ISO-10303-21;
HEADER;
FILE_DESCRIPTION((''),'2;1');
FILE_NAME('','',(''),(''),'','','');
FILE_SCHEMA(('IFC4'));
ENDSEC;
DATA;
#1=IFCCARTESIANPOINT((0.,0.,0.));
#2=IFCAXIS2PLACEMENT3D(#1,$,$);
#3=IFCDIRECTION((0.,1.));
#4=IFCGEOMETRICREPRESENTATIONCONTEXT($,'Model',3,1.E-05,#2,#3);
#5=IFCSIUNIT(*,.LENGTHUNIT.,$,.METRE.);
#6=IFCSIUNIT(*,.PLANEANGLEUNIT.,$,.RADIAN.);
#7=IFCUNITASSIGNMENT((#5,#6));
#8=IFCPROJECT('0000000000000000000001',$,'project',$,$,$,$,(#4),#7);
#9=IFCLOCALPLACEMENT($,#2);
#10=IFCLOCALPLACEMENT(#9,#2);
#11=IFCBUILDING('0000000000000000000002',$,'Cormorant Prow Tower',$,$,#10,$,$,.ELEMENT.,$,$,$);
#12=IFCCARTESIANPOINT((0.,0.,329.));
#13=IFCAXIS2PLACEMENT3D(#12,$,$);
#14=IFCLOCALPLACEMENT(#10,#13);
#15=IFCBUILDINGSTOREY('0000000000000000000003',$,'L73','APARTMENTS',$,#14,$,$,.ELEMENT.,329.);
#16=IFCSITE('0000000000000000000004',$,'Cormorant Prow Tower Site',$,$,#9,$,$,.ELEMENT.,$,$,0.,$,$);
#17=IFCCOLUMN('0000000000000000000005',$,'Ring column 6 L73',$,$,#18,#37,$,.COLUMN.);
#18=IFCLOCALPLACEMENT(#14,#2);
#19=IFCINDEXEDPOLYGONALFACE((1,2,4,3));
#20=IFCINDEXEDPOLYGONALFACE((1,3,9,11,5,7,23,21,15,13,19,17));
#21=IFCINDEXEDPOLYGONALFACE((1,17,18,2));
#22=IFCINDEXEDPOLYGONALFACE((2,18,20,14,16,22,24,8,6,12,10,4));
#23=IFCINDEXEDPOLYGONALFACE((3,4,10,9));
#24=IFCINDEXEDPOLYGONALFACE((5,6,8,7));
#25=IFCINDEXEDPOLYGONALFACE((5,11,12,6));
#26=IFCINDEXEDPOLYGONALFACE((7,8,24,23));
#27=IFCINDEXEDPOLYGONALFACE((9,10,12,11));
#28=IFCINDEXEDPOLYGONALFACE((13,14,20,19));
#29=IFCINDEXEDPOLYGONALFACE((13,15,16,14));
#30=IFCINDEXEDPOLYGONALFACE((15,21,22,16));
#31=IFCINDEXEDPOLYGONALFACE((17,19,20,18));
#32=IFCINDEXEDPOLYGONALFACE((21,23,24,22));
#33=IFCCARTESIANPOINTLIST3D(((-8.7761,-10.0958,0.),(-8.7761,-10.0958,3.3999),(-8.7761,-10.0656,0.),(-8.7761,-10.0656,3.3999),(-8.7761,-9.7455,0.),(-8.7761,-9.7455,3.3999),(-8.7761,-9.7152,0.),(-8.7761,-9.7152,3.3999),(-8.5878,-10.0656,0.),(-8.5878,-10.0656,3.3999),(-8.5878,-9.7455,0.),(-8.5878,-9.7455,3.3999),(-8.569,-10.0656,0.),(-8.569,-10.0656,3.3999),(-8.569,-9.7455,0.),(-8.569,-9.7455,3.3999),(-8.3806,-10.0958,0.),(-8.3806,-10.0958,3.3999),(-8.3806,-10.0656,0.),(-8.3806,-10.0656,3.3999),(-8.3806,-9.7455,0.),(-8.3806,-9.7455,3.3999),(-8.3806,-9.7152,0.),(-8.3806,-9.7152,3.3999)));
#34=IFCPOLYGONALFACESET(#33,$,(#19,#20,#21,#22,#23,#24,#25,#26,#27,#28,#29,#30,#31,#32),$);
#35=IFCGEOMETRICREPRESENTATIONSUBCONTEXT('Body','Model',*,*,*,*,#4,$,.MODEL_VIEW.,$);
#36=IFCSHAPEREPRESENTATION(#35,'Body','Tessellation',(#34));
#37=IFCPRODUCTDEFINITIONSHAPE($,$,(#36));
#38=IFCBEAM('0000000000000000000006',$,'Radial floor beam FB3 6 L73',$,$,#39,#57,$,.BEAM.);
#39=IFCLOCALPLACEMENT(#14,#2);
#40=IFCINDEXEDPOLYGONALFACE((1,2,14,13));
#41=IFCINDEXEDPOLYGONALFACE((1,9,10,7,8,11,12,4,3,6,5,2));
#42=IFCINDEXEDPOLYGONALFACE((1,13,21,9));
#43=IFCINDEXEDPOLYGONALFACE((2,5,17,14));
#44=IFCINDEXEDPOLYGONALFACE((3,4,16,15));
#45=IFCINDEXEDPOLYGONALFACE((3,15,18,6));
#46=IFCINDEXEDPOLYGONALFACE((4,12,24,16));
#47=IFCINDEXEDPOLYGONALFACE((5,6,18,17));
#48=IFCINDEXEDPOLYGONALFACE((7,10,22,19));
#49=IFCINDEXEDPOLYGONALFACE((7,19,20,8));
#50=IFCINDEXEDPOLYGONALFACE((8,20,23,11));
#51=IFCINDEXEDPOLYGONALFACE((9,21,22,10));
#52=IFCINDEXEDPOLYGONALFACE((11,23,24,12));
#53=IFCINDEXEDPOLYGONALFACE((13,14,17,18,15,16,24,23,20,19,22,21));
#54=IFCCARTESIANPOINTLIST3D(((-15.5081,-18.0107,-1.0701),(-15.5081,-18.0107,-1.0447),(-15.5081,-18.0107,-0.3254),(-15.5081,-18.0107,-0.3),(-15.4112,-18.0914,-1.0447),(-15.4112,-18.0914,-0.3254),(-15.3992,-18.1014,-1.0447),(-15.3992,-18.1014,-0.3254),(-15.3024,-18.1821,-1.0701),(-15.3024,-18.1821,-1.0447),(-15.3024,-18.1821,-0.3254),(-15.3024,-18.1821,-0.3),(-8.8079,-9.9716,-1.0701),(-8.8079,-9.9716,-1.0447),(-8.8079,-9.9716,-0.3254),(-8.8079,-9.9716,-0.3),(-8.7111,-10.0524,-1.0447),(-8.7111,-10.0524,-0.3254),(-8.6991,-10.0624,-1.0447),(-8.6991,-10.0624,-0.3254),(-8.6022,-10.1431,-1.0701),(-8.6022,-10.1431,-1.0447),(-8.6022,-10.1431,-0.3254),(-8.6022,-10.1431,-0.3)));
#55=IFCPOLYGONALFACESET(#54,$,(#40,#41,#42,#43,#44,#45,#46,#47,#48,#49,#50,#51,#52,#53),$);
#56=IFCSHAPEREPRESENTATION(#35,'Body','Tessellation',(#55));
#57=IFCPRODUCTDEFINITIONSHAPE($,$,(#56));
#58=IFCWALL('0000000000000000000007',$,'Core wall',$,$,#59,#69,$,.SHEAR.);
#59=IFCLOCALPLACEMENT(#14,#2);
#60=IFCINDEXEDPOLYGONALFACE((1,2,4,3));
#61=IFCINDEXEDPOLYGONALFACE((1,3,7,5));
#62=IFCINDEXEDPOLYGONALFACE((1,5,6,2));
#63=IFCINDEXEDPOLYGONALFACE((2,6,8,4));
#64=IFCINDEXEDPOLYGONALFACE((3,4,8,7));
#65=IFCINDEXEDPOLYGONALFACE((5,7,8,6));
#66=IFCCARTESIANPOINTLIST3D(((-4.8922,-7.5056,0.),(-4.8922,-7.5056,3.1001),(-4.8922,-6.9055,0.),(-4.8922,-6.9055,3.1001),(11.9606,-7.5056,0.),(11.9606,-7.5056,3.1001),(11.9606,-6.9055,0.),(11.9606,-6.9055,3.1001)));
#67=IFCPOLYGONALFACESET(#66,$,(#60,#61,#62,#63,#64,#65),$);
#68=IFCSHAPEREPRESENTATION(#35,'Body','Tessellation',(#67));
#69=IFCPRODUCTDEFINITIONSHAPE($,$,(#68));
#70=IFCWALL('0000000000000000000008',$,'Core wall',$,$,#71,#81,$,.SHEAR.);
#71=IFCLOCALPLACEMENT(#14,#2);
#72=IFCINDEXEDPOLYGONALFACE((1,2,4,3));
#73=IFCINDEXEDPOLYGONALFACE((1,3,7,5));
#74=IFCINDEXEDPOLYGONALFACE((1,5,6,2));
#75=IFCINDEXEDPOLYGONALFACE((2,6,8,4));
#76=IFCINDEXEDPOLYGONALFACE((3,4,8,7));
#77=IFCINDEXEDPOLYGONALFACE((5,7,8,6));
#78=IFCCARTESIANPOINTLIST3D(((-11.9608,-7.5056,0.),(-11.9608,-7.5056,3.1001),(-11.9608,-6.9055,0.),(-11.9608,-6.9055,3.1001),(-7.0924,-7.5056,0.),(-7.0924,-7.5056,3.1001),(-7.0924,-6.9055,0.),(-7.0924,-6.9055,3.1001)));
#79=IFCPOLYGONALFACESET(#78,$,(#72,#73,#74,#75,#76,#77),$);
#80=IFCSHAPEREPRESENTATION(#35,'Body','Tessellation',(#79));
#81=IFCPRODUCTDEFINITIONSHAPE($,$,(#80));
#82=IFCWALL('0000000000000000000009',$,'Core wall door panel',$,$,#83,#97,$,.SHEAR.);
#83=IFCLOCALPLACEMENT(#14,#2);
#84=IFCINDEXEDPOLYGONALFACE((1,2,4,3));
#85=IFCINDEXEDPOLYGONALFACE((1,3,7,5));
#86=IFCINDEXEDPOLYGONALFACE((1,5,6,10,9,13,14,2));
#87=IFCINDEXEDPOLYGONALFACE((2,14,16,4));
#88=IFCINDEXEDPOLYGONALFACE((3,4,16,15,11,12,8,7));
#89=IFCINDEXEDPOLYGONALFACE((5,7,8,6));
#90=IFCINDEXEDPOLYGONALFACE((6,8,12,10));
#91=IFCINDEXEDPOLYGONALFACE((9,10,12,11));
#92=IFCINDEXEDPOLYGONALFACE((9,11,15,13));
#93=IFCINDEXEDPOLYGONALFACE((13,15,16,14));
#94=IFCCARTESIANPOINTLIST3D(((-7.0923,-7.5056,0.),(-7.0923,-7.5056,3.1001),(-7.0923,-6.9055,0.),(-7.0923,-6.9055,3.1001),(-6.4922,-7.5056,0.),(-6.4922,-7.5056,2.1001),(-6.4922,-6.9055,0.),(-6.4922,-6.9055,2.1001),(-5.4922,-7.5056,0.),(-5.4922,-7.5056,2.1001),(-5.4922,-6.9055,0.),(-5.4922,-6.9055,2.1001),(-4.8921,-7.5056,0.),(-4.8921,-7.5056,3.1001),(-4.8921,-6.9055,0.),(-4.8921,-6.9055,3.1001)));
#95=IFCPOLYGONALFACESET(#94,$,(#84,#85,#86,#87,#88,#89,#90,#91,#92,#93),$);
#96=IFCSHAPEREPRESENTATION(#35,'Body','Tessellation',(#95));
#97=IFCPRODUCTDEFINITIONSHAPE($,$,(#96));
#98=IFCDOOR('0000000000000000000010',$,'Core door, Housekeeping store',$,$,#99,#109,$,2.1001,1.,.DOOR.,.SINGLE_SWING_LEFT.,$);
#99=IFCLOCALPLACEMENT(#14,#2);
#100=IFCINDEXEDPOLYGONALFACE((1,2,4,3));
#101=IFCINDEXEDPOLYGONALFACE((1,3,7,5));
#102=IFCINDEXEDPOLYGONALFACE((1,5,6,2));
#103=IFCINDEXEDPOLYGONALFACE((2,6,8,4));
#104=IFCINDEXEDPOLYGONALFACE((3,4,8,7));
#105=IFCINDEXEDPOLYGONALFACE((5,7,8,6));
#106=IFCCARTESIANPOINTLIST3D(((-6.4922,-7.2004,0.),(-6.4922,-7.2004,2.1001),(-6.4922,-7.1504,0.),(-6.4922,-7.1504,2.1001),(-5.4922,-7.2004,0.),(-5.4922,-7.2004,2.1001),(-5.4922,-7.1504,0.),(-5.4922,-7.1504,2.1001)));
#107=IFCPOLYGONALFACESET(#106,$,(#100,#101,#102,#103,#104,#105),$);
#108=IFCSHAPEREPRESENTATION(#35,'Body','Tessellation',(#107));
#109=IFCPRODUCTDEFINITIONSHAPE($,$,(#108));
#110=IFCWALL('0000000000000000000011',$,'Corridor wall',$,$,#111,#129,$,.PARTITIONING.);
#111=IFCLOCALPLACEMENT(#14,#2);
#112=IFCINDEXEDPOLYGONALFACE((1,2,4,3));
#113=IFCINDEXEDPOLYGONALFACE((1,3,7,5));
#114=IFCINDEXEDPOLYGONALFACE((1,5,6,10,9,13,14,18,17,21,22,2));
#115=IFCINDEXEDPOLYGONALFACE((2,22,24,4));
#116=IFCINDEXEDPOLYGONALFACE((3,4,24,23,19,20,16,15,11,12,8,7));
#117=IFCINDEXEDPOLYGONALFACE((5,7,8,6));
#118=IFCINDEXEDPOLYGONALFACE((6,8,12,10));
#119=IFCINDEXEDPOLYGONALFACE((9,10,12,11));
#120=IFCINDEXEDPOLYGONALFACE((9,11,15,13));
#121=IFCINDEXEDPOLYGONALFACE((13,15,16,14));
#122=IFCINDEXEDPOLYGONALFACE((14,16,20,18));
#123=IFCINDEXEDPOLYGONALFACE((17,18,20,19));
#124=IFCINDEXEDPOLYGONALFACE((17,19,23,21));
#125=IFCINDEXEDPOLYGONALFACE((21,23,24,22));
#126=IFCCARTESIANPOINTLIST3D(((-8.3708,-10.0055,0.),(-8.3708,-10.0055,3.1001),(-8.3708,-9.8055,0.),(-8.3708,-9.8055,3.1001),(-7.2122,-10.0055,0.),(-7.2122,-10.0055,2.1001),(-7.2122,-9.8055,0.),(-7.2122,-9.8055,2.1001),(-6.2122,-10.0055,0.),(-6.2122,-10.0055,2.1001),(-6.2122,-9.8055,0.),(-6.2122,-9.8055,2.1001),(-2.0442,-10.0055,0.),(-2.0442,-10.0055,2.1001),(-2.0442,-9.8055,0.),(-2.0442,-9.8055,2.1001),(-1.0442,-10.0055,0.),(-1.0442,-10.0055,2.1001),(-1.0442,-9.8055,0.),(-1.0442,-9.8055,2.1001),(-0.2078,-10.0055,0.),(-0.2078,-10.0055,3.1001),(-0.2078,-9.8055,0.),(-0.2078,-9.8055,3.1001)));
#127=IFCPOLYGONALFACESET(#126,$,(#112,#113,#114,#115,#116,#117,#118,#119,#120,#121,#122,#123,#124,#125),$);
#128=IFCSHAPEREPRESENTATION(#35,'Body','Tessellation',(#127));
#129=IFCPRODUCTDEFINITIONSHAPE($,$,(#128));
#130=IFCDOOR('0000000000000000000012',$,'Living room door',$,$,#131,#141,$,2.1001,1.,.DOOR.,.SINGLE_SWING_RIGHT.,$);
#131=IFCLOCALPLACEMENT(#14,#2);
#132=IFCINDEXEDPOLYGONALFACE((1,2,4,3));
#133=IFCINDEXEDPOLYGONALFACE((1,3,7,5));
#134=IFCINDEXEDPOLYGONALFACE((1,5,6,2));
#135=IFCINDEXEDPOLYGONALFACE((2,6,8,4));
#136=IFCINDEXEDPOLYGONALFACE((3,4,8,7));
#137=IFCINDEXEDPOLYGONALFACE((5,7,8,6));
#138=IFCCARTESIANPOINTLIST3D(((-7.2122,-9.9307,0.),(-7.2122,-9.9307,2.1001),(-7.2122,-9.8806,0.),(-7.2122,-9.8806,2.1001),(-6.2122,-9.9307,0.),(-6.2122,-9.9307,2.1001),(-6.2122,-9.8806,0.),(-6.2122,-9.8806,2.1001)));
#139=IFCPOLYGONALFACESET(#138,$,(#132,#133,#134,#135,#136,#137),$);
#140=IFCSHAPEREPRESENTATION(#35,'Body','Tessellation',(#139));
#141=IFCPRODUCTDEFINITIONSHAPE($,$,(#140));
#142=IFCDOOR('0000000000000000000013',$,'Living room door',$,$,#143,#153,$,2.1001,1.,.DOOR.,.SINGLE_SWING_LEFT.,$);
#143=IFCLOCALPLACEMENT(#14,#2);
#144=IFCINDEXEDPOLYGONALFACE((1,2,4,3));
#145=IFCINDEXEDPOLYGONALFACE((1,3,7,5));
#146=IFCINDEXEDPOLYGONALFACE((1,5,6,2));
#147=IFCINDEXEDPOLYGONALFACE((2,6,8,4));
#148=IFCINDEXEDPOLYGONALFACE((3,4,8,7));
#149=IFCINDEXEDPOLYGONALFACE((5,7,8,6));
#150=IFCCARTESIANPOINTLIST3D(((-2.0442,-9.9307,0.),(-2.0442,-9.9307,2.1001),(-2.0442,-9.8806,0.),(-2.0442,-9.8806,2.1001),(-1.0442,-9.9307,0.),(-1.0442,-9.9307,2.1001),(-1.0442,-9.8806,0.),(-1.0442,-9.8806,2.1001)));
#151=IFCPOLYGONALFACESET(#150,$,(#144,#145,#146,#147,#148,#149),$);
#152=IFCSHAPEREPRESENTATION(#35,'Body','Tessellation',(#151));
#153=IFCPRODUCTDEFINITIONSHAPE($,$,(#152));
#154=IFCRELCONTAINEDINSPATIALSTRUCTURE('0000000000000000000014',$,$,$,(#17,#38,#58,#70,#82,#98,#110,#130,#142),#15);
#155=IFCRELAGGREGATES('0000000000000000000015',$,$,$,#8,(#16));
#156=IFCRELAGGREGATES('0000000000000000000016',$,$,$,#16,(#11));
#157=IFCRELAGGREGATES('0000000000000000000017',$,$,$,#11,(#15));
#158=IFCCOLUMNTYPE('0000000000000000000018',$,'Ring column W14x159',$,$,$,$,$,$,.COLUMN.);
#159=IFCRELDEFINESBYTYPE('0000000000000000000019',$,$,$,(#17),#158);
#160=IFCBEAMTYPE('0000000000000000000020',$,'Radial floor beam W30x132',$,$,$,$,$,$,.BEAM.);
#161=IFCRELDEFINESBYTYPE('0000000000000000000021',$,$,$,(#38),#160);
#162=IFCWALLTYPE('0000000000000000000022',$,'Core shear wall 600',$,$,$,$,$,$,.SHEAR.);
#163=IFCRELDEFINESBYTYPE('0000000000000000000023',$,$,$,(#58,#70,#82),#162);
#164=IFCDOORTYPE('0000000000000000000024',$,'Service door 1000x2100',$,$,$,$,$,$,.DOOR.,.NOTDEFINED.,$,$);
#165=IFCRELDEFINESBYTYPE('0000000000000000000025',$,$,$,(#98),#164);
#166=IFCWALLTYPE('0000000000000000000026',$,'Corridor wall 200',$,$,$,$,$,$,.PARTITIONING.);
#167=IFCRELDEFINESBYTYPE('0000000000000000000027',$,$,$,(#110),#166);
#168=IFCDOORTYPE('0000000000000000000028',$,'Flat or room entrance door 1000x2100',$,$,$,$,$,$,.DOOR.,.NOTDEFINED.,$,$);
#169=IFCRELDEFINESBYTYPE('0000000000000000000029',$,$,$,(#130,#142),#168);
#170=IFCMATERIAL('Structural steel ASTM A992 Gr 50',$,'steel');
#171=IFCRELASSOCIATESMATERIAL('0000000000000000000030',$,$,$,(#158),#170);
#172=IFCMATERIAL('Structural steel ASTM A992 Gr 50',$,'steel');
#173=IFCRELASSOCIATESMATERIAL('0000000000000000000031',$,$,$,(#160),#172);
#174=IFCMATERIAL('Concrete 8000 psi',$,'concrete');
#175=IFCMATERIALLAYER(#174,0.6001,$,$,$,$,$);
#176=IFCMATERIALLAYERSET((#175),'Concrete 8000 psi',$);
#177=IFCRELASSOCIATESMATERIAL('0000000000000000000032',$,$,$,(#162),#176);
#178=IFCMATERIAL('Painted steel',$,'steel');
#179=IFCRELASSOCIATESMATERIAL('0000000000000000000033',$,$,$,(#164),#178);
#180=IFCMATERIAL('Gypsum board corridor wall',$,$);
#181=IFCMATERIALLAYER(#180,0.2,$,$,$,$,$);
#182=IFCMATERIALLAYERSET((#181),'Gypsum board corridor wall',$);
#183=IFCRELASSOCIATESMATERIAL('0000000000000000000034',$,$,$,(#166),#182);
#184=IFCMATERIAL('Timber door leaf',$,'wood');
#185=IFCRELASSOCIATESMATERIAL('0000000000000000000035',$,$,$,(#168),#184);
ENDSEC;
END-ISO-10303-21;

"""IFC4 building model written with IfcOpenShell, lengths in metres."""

from ifc_helpers import new_model, si_unit, direction, frame, frame_2d, origin, origin_2d, place, context, subcontext, project, spatial, rectangle, i_section, extrude, material, layer, layer_set, material_profile, profile_set, type_object, element, fill, save


model = new_model("IFC4")

# Units and contexts
model_context = context("Model", 3, precision=1e-05, world=origin(), true_north=direction((0.0, 1.0)))
body_context = subcontext(model_context, "Body", "Model", "MODEL_VIEW")
ifc_project = project(units=[si_unit("LENGTHUNIT", "METRE"), si_unit("PLANEANGLEUNIT", "RADIAN")], contexts=[model_context])

# Site, building, storey
site_placement = place(None, origin())
site = spatial("IfcSite", under=ifc_project, at=site_placement, Name="Cormorant Prow Tower Site", CompositionType="ELEMENT", RefElevation=0.0)
building_placement = place(site_placement, origin())
building = spatial("IfcBuilding", under=site, at=building_placement, Name="Cormorant Prow Tower", CompositionType="ELEMENT")
storey_placement = place(building_placement, frame((0.0, 0.0, 329.0)))
storey = spatial("IfcBuildingStorey", under=building, at=storey_placement, Name="L73", Description="APARTMENTS", CompositionType="ELEMENT", Elevation=329.0)

# Column
ifc_material_1 = material(Name="Structural steel ASTM A992 Gr 50", Category="steel")
ifc_material_profile_1 = material_profile(ifc_material_1, i_section(OverallWidth=0.3955, OverallDepth=0.3806, WebThickness=0.0188, FlangeThickness=0.0303, at=origin_2d()), Name="W14x159")
ifc_profile_set_1 = profile_set([ifc_material_profile_1], Name="Structural steel ASTM A992 Gr 50")
column_type = type_object("IfcColumnType", Name="Ring column W14x159", PredefinedType="COLUMN", material=ifc_profile_set_1)
column_placement = place(storey_placement, frame((-8.5784, -9.9055, 0.0), z_axis=(0.0, 0.0, 1.0), x_axis=(1.0, 0.0, 0.0)))
element("IfcColumn", 1, at=column_placement, inside=storey, type_object=column_type, Name="Ring column 6 L73", PredefinedType="COLUMN", context=body_context, shape_type="SweptSolid", body=[
    extrude(i_section(OverallWidth=0.3955, OverallDepth=0.3806, WebThickness=0.0188, FlangeThickness=0.0303, at=origin_2d()), origin(), (0.0, 0.0, 1.0), 3.3999),
])

# Beam
ifc_material_2 = material(Name="Structural steel ASTM A992 Gr 50", Category="steel")
ifc_material_profile_2 = material_profile(ifc_material_2, i_section(OverallWidth=0.2678, OverallDepth=0.77, WebThickness=0.0156, FlangeThickness=0.0254, at=origin_2d()), Name="W30x132")
ifc_profile_set_2 = profile_set([ifc_material_profile_2], Name="Structural steel ASTM A992 Gr 50")
beam_type = type_object("IfcBeamType", Name="Radial floor beam W30x132", PredefinedType="BEAM", material=ifc_profile_set_2)
beam_placement = place(storey_placement, frame((-8.7051, -10.0574, -0.6851), z_axis=(-0.640239, -0.768175, 0.0), x_axis=(0.768175, -0.640239, 0.0)))
element("IfcBeam", 2, at=beam_placement, inside=storey, type_object=beam_type, Name="Radial floor beam FB3 6 L73", PredefinedType="BEAM", context=body_context, shape_type="SweptSolid", body=[
    extrude(i_section(OverallWidth=0.2678, OverallDepth=0.77, WebThickness=0.0156, FlangeThickness=0.0254, at=origin_2d()), origin(), (0.0, 0.0, 1.0), 10.4651),
])

# Walls
ifc_material_3 = material(Name="Concrete 8000 psi", Category="concrete")
ifc_layer_1 = layer(ifc_material_3, 0.6001)
ifc_layer_set_1 = layer_set([ifc_layer_1], Name="Concrete 8000 psi")
wall_type_1 = type_object("IfcWallType", Name="Core shear wall 600", PredefinedType="SHEAR", material=ifc_layer_set_1)
wall_1_placement = place(storey_placement, frame((-4.8921, -7.2056, 0.0), z_axis=(0.0, 0.0, 1.0), x_axis=(1.0, 0.0, 0.0)))
element("IfcWall", 3, at=wall_1_placement, inside=storey, type_object=wall_type_1, Name="Core wall", PredefinedType="SHEAR", context=body_context, shape_type="SweptSolid", body=[
    extrude(rectangle(XDim=16.8528, YDim=0.6001, at=frame_2d((8.4263, 0.0))), origin(), (0.0, 0.0, 1.0), 3.1001),
])
wall_2_placement = place(storey_placement, frame((-11.9607, -7.2056, 0.0), z_axis=(0.0, 0.0, 1.0), x_axis=(1.0, 0.0, 0.0)))
element("IfcWall", 4, at=wall_2_placement, inside=storey, type_object=wall_type_1, Name="Core wall", PredefinedType="SHEAR", context=body_context, shape_type="SweptSolid", body=[
    extrude(rectangle(XDim=4.8684, YDim=0.6001, at=frame_2d((2.4341, 0.0))), origin(), (0.0, 0.0, 1.0), 3.1001),
])

# Wall, opening, door
wall_3_placement = place(storey_placement, frame((-7.0923, -7.2056, 0.0), z_axis=(0.0, 0.0, 1.0), x_axis=(1.0, 0.0, 0.0)))
wall_3 = element("IfcWall", 5, at=wall_3_placement, inside=storey, type_object=wall_type_1, Name="Core wall door panel", PredefinedType="SHEAR", context=body_context, shape_type="SweptSolid", body=[
    extrude(rectangle(XDim=2.2002, YDim=0.6001, at=frame_2d((1.1001, 0.0))), origin(), (0.0, 0.0, 1.0), 3.1001),
])
opening_1_placement = place(wall_3_placement, frame((0.6001, 0.0, 0.0)))
opening_1 = element("IfcOpeningElement", 6, at=opening_1_placement, cuts=wall_3, PredefinedType="OPENING", context=body_context, shape_type="SweptSolid", body=[
    extrude(rectangle(XDim=1.0, YDim=2.1001, at=frame_2d((0.5, 1.05))), frame((0.0, 0.3101, 0.0), z_axis=(0.0, -1.0, 0.0), x_axis=(1.0, 0.0, 0.0)), (0.0, 0.0, 1.0), 0.6201),
])
ifc_material_4 = material(Name="Painted steel", Category="steel")
door_type_1 = type_object("IfcDoorType", Name="Service door 1000x2100", OperationType="NOTDEFINED", PredefinedType="DOOR", material=ifc_material_4)
door_1_placement = place(opening_1_placement, origin())
door_1 = element("IfcDoor", 7, at=door_1_placement, inside=storey, type_object=door_type_1, Name="Core door, Housekeeping store", OperationType="SINGLE_SWING_LEFT", OverallHeight=2.1001, OverallWidth=1.0, PredefinedType="DOOR", context=body_context, shape_type="SweptSolid", body=[
    extrude(rectangle(XDim=1.0, YDim=2.1001, at=frame_2d((0.5, 1.05))), frame((0.0, 0.0552, 0.0), z_axis=(0.0, -1.0, 0.0), x_axis=(1.0, 0.0, 0.0)), (0.0, 0.0, 1.0), 0.05),
])
fill(opening_1, door_1)

# Wall, openings, doors
ifc_material_5 = material(Name="Gypsum board corridor wall")
ifc_layer_2 = layer(ifc_material_5, 0.2)
ifc_layer_set_2 = layer_set([ifc_layer_2], Name="Gypsum board corridor wall")
wall_type_2 = type_object("IfcWallType", Name="Corridor wall 200", PredefinedType="PARTITIONING", material=ifc_layer_set_2)
wall_4_placement = place(storey_placement, frame((-8.3708, -9.9055, 0.0), z_axis=(0.0, 0.0, 1.0), x_axis=(1.0, 0.0, 0.0)))
wall_4 = element("IfcWall", 8, at=wall_4_placement, inside=storey, type_object=wall_type_2, Name="Corridor wall", PredefinedType="PARTITIONING", context=body_context, shape_type="SweptSolid", body=[
    extrude(rectangle(XDim=8.1631, YDim=0.2, at=frame_2d((4.0815, 0.0))), origin(), (0.0, 0.0, 1.0), 3.1001),
])
opening_2_placement = place(wall_4_placement, frame((1.1587, 0.0, 0.0)))
opening_2 = element("IfcOpeningElement", 9, at=opening_2_placement, cuts=wall_4, PredefinedType="OPENING", context=body_context, shape_type="SweptSolid", body=[
    extrude(rectangle(XDim=1.0, YDim=2.1001, at=frame_2d((0.5, 1.05))), frame((0.0, 0.1099, 0.0), z_axis=(0.0, -1.0, 0.0), x_axis=(1.0, 0.0, 0.0)), (0.0, 0.0, 1.0), 0.22),
])
opening_3_placement = place(wall_4_placement, frame((6.3267, 0.0, 0.0)))
opening_3 = element("IfcOpeningElement", 10, at=opening_3_placement, cuts=wall_4, PredefinedType="OPENING", context=body_context, shape_type="SweptSolid", body=[
    extrude(rectangle(XDim=1.0, YDim=2.1001, at=frame_2d((0.5, 1.05))), frame((0.0, 0.1099, 0.0), z_axis=(0.0, -1.0, 0.0), x_axis=(1.0, 0.0, 0.0)), (0.0, 0.0, 1.0), 0.22),
])
ifc_material_6 = material(Name="Timber door leaf", Category="wood")
door_type_2 = type_object("IfcDoorType", Name="Flat or room entrance door 1000x2100", OperationType="NOTDEFINED", PredefinedType="DOOR", material=ifc_material_6)
door_2_placement = place(opening_2_placement, origin())
door_2 = element("IfcDoor", 11, at=door_2_placement, inside=storey, type_object=door_type_2, Name="Living room door", OperationType="SINGLE_SWING_RIGHT", OverallHeight=2.1001, OverallWidth=1.0, PredefinedType="DOOR", context=body_context, shape_type="SweptSolid", body=[
    extrude(rectangle(XDim=1.0, YDim=2.1001, at=frame_2d((0.5, 1.05))), frame((0.0, 0.0249, 0.0), z_axis=(0.0, -1.0, 0.0), x_axis=(1.0, 0.0, 0.0)), (0.0, 0.0, 1.0), 0.05),
])
fill(opening_2, door_2)
door_3_placement = place(opening_3_placement, origin())
door_3 = element("IfcDoor", 12, at=door_3_placement, inside=storey, type_object=door_type_2, Name="Living room door", OperationType="SINGLE_SWING_LEFT", OverallHeight=2.1001, OverallWidth=1.0, PredefinedType="DOOR", context=body_context, shape_type="SweptSolid", body=[
    extrude(rectangle(XDim=1.0, YDim=2.1001, at=frame_2d((0.5, 1.05))), frame((0.0, 0.0249, 0.0), z_axis=(0.0, -1.0, 0.0), x_axis=(1.0, 0.0, 0.0)), (0.0, 0.0, 1.0), 0.05),
])
fill(opening_3, door_3)

save(model, "model.ifc")
